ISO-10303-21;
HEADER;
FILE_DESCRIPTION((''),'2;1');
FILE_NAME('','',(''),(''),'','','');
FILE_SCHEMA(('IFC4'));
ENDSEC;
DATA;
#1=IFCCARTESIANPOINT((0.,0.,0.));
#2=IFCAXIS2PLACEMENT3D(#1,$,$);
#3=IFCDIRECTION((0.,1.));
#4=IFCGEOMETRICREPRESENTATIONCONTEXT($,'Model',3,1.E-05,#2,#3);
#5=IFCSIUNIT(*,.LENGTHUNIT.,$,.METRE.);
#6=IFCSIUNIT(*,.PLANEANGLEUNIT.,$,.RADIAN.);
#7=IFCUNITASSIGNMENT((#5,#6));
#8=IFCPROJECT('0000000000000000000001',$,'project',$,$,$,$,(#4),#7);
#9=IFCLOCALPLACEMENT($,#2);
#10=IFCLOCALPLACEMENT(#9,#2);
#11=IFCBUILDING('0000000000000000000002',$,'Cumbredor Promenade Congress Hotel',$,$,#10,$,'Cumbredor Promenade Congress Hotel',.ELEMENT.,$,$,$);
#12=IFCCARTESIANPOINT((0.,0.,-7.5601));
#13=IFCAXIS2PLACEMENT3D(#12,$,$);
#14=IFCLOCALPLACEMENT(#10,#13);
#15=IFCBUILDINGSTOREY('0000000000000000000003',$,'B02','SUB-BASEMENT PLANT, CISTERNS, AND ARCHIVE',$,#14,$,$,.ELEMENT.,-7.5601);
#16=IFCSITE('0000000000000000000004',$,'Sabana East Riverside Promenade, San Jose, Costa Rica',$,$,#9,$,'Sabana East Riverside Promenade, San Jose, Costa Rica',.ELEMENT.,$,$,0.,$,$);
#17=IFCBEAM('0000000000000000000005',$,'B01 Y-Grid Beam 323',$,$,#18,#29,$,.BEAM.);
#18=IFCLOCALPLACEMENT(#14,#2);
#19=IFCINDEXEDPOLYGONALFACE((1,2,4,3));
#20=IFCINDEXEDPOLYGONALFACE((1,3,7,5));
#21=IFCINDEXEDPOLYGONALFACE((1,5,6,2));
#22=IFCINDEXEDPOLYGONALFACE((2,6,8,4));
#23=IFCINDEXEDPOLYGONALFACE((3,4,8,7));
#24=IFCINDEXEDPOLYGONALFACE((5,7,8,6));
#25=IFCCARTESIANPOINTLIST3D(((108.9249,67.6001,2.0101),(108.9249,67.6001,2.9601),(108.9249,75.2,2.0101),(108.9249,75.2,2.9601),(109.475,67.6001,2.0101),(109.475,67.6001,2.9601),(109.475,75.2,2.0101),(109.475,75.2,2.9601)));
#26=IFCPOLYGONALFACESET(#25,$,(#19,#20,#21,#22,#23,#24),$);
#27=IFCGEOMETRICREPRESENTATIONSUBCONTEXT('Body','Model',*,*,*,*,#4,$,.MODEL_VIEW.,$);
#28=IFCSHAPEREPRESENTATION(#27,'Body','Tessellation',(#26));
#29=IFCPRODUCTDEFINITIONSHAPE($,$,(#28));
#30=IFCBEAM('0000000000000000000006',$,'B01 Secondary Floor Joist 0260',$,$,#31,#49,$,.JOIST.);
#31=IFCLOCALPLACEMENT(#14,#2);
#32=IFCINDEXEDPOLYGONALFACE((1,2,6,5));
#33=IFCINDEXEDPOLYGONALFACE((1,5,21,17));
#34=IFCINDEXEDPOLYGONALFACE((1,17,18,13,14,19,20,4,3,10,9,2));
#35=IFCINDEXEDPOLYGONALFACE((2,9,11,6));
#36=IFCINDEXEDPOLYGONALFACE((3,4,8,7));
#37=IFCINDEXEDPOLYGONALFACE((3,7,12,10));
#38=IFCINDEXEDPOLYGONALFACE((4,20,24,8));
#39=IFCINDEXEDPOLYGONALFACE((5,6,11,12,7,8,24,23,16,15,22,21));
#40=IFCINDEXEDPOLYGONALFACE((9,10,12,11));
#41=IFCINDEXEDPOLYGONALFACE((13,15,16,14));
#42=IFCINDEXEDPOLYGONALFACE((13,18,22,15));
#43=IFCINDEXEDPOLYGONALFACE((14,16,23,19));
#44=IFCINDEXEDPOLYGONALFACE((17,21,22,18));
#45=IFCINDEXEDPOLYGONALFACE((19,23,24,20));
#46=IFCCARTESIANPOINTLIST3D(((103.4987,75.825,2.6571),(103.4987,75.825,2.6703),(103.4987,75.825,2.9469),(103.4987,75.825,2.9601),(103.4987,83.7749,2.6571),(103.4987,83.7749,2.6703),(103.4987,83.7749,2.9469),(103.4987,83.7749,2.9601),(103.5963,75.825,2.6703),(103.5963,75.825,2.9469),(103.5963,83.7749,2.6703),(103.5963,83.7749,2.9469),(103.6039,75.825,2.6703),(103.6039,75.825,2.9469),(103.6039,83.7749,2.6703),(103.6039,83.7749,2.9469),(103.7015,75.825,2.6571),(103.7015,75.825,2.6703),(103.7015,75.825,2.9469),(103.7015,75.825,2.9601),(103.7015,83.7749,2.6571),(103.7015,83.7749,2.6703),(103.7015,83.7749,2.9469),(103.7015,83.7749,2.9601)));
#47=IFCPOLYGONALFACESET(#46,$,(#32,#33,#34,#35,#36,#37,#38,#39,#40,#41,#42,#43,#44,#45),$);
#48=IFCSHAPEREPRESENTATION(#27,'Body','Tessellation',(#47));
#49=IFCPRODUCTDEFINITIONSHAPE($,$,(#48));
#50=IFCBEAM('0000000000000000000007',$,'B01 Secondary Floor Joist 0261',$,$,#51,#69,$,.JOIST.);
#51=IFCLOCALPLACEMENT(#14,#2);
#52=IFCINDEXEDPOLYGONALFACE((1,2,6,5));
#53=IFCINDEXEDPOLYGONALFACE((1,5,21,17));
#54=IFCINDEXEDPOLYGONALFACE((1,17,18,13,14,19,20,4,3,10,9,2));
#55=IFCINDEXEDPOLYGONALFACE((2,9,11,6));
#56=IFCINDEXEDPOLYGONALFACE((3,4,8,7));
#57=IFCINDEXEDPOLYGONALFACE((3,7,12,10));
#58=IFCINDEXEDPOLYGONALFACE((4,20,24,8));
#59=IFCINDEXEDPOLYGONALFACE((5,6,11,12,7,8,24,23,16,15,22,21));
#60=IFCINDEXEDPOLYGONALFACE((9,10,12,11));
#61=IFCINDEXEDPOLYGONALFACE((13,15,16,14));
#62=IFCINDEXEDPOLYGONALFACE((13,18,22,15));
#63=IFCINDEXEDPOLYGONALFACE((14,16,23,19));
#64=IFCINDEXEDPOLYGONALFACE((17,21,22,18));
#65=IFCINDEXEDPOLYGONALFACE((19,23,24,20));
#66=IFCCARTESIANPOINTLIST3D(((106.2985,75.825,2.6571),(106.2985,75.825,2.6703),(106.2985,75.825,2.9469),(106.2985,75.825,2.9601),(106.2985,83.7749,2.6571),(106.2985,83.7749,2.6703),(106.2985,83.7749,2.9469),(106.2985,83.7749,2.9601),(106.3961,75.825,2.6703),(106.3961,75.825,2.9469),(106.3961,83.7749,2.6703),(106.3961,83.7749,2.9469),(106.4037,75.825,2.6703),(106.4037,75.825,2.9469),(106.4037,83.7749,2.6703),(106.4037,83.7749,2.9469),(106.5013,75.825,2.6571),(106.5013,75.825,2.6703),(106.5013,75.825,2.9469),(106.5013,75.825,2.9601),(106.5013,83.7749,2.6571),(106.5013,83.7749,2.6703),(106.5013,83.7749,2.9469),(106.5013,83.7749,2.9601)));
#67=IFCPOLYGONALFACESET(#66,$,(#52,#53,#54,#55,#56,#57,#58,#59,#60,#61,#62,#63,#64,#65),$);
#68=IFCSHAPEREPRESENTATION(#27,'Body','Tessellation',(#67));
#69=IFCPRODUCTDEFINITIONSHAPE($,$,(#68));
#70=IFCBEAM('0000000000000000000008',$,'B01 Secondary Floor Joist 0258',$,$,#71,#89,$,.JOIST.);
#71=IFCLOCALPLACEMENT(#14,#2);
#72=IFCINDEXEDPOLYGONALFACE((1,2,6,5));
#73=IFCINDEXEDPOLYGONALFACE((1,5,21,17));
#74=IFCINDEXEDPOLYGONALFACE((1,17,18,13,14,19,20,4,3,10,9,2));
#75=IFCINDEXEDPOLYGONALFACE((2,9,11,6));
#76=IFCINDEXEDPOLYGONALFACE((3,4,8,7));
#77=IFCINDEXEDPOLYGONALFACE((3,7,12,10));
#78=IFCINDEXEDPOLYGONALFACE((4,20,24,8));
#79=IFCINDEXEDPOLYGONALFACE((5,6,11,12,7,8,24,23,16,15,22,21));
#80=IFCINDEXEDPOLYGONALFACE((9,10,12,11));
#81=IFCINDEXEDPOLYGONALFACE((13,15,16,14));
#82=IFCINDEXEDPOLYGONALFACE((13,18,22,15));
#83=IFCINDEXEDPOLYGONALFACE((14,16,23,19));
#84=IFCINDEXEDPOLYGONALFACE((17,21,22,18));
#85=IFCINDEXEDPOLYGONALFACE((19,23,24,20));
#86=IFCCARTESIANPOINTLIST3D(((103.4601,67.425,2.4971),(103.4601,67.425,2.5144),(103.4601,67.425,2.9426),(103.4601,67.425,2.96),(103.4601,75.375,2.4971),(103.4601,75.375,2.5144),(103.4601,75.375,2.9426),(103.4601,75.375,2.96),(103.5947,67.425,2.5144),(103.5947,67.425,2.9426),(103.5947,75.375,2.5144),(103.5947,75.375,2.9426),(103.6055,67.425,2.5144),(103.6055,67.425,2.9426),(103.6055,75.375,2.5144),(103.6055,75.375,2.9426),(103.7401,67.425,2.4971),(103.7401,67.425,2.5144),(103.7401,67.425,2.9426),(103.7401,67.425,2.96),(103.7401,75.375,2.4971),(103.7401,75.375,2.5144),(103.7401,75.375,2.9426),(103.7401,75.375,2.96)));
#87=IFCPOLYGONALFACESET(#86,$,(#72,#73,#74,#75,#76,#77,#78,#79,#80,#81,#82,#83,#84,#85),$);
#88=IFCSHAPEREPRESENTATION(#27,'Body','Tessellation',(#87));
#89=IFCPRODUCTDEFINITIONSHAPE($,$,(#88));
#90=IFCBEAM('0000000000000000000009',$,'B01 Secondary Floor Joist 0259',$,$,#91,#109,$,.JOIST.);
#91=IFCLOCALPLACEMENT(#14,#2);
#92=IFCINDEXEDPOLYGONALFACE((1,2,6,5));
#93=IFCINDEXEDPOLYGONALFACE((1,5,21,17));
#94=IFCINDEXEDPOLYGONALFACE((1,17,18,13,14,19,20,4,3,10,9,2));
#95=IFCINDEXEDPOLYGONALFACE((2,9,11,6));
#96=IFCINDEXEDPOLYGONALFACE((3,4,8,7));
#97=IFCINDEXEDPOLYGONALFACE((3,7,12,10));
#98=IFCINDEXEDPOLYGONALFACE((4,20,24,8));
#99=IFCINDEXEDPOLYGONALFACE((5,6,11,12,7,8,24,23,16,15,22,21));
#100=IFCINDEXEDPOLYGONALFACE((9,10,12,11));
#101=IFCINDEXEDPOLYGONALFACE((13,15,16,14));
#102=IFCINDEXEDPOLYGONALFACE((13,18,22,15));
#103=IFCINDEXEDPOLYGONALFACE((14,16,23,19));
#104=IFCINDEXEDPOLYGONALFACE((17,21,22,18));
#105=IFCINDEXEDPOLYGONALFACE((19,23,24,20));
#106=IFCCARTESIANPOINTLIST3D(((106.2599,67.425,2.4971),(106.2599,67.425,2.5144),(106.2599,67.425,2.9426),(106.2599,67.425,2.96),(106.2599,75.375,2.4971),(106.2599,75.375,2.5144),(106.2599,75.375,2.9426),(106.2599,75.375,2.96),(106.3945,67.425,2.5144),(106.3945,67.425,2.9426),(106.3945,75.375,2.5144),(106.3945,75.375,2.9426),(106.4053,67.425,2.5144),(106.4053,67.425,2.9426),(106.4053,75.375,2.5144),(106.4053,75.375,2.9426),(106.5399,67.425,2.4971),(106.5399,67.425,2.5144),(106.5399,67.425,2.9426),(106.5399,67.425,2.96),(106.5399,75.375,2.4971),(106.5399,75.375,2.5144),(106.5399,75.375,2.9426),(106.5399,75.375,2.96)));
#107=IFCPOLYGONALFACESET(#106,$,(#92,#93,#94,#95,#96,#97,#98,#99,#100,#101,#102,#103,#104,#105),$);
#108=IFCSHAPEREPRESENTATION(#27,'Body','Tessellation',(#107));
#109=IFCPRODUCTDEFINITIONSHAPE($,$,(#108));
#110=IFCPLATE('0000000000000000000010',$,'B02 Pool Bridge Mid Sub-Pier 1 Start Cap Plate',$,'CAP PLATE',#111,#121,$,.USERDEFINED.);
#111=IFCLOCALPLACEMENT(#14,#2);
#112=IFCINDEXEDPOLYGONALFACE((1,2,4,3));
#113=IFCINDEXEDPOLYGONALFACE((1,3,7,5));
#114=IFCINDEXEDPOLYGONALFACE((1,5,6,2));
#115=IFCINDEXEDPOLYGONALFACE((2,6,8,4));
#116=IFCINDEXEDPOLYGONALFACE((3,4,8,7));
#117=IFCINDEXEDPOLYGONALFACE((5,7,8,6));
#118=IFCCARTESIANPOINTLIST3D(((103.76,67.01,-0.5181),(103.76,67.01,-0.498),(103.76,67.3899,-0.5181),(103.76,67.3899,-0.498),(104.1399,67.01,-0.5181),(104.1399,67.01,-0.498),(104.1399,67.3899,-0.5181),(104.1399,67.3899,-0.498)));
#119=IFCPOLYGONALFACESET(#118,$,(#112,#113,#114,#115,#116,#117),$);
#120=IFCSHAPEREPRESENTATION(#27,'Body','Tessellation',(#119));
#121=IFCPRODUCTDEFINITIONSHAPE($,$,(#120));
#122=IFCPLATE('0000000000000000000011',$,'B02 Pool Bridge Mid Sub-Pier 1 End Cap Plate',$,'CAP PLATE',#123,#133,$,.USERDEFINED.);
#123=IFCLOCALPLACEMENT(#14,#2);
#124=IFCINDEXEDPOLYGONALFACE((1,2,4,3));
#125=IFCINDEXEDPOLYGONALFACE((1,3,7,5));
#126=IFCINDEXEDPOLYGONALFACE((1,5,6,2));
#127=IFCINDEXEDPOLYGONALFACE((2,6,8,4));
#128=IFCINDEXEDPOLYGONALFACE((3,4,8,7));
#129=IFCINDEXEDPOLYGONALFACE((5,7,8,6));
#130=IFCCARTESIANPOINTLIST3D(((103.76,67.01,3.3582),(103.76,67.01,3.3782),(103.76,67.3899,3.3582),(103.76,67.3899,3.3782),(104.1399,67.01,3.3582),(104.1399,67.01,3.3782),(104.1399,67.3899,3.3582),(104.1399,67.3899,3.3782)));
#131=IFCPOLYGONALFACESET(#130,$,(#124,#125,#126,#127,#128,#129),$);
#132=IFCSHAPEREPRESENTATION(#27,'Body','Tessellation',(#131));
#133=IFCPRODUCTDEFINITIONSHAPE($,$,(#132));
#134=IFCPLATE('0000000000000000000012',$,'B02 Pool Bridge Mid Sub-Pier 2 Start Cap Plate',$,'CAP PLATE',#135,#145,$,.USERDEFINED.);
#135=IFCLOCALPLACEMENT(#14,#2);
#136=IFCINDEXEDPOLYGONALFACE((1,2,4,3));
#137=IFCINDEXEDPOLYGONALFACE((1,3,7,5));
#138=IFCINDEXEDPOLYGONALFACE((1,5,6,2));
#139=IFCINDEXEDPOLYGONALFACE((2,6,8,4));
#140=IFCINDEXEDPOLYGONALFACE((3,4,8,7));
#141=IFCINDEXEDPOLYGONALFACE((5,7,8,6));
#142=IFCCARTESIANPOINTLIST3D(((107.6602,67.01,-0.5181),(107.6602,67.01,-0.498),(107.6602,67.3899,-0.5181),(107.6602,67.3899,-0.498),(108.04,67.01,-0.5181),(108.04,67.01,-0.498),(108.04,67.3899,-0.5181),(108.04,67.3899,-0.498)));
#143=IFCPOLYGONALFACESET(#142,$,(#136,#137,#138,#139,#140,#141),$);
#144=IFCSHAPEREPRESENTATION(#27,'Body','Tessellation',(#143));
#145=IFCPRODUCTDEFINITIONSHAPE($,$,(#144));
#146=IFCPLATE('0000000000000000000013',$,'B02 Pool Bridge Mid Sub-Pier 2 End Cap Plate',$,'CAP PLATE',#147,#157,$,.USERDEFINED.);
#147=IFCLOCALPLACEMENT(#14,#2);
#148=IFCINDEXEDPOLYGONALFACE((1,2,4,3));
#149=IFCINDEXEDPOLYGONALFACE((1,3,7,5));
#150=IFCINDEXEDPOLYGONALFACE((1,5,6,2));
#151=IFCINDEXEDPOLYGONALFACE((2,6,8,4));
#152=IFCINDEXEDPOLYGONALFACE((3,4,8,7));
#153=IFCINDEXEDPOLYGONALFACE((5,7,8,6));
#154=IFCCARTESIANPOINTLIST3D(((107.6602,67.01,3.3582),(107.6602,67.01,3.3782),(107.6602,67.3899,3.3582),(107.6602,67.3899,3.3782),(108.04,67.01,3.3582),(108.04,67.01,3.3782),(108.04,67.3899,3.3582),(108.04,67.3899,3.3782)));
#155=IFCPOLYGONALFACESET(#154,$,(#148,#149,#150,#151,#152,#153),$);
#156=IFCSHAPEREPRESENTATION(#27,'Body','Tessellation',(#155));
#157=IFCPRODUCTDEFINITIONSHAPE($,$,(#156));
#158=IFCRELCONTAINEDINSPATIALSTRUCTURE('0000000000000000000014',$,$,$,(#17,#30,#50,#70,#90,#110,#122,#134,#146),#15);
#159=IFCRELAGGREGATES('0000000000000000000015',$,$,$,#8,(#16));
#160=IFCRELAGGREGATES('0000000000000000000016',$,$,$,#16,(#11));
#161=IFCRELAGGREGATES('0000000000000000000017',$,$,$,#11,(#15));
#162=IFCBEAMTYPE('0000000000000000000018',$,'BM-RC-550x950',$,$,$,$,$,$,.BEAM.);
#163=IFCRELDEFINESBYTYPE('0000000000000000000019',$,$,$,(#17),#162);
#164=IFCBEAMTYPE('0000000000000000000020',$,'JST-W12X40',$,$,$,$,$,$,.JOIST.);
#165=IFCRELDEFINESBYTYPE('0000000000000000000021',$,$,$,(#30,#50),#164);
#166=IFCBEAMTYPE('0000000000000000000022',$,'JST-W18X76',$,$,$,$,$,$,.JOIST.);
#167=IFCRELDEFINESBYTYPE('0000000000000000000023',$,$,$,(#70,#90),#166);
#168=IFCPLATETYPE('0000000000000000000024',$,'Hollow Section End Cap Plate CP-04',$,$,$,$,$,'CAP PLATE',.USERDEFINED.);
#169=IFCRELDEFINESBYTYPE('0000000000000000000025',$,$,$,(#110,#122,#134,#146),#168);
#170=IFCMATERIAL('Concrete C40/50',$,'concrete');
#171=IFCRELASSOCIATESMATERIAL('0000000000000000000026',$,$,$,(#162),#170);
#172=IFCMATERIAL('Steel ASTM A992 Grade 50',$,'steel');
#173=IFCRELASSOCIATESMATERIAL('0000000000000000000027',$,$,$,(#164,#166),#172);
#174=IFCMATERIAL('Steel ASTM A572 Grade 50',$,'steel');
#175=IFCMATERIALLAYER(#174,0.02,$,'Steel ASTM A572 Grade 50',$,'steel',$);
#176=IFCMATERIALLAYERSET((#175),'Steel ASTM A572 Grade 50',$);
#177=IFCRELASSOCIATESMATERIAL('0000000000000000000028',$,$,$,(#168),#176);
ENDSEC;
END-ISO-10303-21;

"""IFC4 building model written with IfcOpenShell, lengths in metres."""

from ifc_helpers import new_model, si_unit, direction, frame, origin, origin_2d, place, context, subcontext, project, spatial, rectangle, i_section, extrude, material, layer, layer_set, material_profile, profile_set, type_object, element, save


model = new_model("IFC4")

# Units and contexts
model_context = context("Model", 3, precision=1e-05, world=origin(), true_north=direction((0.0, 1.0)))
body_context = subcontext(model_context, "Body", "Model", "MODEL_VIEW")
ifc_project = project(units=[si_unit("LENGTHUNIT", "METRE"), si_unit("PLANEANGLEUNIT", "RADIAN")], contexts=[model_context])

# Site, building, storey
site_placement = place(None, origin())
site = spatial("IfcSite", under=ifc_project, at=site_placement, Name="Sabana East Riverside Promenade, San Jose, Costa Rica", LongName="Sabana East Riverside Promenade, San Jose, Costa Rica", CompositionType="ELEMENT", RefElevation=0.0)
building_placement = place(site_placement, origin())
building = spatial("IfcBuilding", under=site, at=building_placement, Name="Cumbredor Promenade Congress Hotel", LongName="Cumbredor Promenade Congress Hotel", CompositionType="ELEMENT")
storey_placement = place(building_placement, frame((0.0, 0.0, -7.5601)))
storey = spatial("IfcBuildingStorey", under=building, at=storey_placement, Name="B02", Description="SUB-BASEMENT PLANT, CISTERNS, AND ARCHIVE", CompositionType="ELEMENT", Elevation=-7.5601)

# Shared definitions
ifc_material_1 = material(Name="Concrete C40/50", Category="concrete")

# Beams
ifc_material_profile_1 = material_profile(ifc_material_1, rectangle(XDim=0.55, YDim=0.95, at=origin_2d()), Name="RC BEAM 550x950")
ifc_profile_set_1 = profile_set([ifc_material_profile_1], Name="Concrete C40/50")
beam_type_1 = type_object("IfcBeamType", Name="BM-RC-550x950", PredefinedType="BEAM", material=ifc_profile_set_1)
beam_1_placement = place(storey_placement, frame((109.2, 67.6001, 2.4851), z_axis=(0.0, 1.0, 0.0), x_axis=(-1.0, 0.0, 0.0)))
element("IfcBeam", 1, at=beam_1_placement, inside=storey, type_object=beam_type_1, Name="B01 Y-Grid Beam 323", PredefinedType="BEAM", context=body_context, shape_type="SweptSolid", body=[
    extrude(rectangle(XDim=0.55, YDim=0.95, at=origin_2d()), origin(), (0.0, 0.0, 1.0), 7.5999),
])
ifc_material_2 = material(Name="Steel ASTM A992 Grade 50", Category="steel")
ifc_material_profile_2 = material_profile(ifc_material_2, i_section(OverallWidth=0.2029, OverallDepth=0.303, WebThickness=0.0076, FlangeThickness=0.0132, at=origin_2d()), Name="W12X40")
ifc_profile_set_2 = profile_set([ifc_material_profile_2], Name="Steel ASTM A992 Grade 50")
beam_type_2 = type_object("IfcBeamType", Name="JST-W12X40", PredefinedType="JOIST", material=ifc_profile_set_2)
for number, where, z_axis, x_axis, name in (
    (2, (103.6001, 75.825, 2.8086), (0.0, 1.0, 0.0), (-1.0, 0.0, 0.0), "B01 Secondary Floor Joist 0260"),
    (3, (106.3999, 75.825, 2.8086), (0.0, 1.0, 0.0), (-1.0, 0.0, 0.0), "B01 Secondary Floor Joist 0261"),
):
    element("IfcBeam", number, at=place(storey_placement, frame(where, z_axis=z_axis, x_axis=x_axis)), inside=storey, type_object=beam_type_2, Name=name, PredefinedType="JOIST", context=body_context, shape_type="SweptSolid", body=[
        extrude(i_section(OverallWidth=0.2029, OverallDepth=0.303, WebThickness=0.0076, FlangeThickness=0.0132, at=origin_2d()), origin(), (0.0, 0.0, 1.0), 7.95),
    ])
ifc_material_profile_3 = material_profile(ifc_material_2, i_section(OverallWidth=0.28, OverallDepth=0.4629, WebThickness=0.0107, FlangeThickness=0.0173, at=origin_2d()), Name="W18X76")
ifc_profile_set_3 = profile_set([ifc_material_profile_3], Name="Steel ASTM A992 Grade 50")
beam_type_3 = type_object("IfcBeamType", Name="JST-W18X76", PredefinedType="JOIST", material=ifc_profile_set_3)
for number, where, z_axis, x_axis, name in (
    (4, (103.6001, 67.425, 2.7285), (0.0, 1.0, 0.0), (-1.0, 0.0, 0.0), "B01 Secondary Floor Joist 0258"),
    (5, (106.3999, 67.425, 2.7285), (0.0, 1.0, 0.0), (-1.0, 0.0, 0.0), "B01 Secondary Floor Joist 0259"),
):
    element("IfcBeam", number, at=place(storey_placement, frame(where, z_axis=z_axis, x_axis=x_axis)), inside=storey, type_object=beam_type_3, Name=name, PredefinedType="JOIST", context=body_context, shape_type="SweptSolid", body=[
        extrude(i_section(OverallWidth=0.28, OverallDepth=0.4629, WebThickness=0.0107, FlangeThickness=0.0173, at=origin_2d()), origin(), (0.0, 0.0, 1.0), 7.95),
    ])

# Plates
ifc_material_3 = material(Name="Steel ASTM A572 Grade 50", Category="steel")
ifc_layer = layer(ifc_material_3, 0.02, Name="Steel ASTM A572 Grade 50", Category="steel")
ifc_layer_set = layer_set([ifc_layer], Name="Steel ASTM A572 Grade 50")
plate_type = type_object("IfcPlateType", Name="Hollow Section End Cap Plate CP-04", ElementType="CAP PLATE", PredefinedType="USERDEFINED", material=ifc_layer_set)
for number, where, z_axis, x_axis, name in (
    (6, (103.95, 67.2, -0.5181), (0.0, 0.0, 1.0), (1.0, 0.0, 0.0), "B02 Pool Bridge Mid Sub-Pier 1 Start Cap Plate"),
    (7, (103.95, 67.2, 3.3582), (0.0, 0.0, 1.0), (1.0, 0.0, 0.0), "B02 Pool Bridge Mid Sub-Pier 1 End Cap Plate"),
    (8, (107.8501, 67.2, -0.5181), (0.0, 0.0, 1.0), (1.0, 0.0, 0.0), "B02 Pool Bridge Mid Sub-Pier 2 Start Cap Plate"),
    (9, (107.8501, 67.2, 3.3582), (0.0, 0.0, 1.0), (1.0, 0.0, 0.0), "B02 Pool Bridge Mid Sub-Pier 2 End Cap Plate"),
):
    element("IfcPlate", number, at=place(storey_placement, frame(where, z_axis=z_axis, x_axis=x_axis)), inside=storey, type_object=plate_type, Name=name, ObjectType="CAP PLATE", PredefinedType="USERDEFINED", context=body_context, shape_type="SweptSolid", body=[
        extrude(rectangle(XDim=0.3799, YDim=0.3799, at=origin_2d()), origin(), (0.0, 0.0, 1.0), 0.02),
    ])

save(model, "model.ifc")
